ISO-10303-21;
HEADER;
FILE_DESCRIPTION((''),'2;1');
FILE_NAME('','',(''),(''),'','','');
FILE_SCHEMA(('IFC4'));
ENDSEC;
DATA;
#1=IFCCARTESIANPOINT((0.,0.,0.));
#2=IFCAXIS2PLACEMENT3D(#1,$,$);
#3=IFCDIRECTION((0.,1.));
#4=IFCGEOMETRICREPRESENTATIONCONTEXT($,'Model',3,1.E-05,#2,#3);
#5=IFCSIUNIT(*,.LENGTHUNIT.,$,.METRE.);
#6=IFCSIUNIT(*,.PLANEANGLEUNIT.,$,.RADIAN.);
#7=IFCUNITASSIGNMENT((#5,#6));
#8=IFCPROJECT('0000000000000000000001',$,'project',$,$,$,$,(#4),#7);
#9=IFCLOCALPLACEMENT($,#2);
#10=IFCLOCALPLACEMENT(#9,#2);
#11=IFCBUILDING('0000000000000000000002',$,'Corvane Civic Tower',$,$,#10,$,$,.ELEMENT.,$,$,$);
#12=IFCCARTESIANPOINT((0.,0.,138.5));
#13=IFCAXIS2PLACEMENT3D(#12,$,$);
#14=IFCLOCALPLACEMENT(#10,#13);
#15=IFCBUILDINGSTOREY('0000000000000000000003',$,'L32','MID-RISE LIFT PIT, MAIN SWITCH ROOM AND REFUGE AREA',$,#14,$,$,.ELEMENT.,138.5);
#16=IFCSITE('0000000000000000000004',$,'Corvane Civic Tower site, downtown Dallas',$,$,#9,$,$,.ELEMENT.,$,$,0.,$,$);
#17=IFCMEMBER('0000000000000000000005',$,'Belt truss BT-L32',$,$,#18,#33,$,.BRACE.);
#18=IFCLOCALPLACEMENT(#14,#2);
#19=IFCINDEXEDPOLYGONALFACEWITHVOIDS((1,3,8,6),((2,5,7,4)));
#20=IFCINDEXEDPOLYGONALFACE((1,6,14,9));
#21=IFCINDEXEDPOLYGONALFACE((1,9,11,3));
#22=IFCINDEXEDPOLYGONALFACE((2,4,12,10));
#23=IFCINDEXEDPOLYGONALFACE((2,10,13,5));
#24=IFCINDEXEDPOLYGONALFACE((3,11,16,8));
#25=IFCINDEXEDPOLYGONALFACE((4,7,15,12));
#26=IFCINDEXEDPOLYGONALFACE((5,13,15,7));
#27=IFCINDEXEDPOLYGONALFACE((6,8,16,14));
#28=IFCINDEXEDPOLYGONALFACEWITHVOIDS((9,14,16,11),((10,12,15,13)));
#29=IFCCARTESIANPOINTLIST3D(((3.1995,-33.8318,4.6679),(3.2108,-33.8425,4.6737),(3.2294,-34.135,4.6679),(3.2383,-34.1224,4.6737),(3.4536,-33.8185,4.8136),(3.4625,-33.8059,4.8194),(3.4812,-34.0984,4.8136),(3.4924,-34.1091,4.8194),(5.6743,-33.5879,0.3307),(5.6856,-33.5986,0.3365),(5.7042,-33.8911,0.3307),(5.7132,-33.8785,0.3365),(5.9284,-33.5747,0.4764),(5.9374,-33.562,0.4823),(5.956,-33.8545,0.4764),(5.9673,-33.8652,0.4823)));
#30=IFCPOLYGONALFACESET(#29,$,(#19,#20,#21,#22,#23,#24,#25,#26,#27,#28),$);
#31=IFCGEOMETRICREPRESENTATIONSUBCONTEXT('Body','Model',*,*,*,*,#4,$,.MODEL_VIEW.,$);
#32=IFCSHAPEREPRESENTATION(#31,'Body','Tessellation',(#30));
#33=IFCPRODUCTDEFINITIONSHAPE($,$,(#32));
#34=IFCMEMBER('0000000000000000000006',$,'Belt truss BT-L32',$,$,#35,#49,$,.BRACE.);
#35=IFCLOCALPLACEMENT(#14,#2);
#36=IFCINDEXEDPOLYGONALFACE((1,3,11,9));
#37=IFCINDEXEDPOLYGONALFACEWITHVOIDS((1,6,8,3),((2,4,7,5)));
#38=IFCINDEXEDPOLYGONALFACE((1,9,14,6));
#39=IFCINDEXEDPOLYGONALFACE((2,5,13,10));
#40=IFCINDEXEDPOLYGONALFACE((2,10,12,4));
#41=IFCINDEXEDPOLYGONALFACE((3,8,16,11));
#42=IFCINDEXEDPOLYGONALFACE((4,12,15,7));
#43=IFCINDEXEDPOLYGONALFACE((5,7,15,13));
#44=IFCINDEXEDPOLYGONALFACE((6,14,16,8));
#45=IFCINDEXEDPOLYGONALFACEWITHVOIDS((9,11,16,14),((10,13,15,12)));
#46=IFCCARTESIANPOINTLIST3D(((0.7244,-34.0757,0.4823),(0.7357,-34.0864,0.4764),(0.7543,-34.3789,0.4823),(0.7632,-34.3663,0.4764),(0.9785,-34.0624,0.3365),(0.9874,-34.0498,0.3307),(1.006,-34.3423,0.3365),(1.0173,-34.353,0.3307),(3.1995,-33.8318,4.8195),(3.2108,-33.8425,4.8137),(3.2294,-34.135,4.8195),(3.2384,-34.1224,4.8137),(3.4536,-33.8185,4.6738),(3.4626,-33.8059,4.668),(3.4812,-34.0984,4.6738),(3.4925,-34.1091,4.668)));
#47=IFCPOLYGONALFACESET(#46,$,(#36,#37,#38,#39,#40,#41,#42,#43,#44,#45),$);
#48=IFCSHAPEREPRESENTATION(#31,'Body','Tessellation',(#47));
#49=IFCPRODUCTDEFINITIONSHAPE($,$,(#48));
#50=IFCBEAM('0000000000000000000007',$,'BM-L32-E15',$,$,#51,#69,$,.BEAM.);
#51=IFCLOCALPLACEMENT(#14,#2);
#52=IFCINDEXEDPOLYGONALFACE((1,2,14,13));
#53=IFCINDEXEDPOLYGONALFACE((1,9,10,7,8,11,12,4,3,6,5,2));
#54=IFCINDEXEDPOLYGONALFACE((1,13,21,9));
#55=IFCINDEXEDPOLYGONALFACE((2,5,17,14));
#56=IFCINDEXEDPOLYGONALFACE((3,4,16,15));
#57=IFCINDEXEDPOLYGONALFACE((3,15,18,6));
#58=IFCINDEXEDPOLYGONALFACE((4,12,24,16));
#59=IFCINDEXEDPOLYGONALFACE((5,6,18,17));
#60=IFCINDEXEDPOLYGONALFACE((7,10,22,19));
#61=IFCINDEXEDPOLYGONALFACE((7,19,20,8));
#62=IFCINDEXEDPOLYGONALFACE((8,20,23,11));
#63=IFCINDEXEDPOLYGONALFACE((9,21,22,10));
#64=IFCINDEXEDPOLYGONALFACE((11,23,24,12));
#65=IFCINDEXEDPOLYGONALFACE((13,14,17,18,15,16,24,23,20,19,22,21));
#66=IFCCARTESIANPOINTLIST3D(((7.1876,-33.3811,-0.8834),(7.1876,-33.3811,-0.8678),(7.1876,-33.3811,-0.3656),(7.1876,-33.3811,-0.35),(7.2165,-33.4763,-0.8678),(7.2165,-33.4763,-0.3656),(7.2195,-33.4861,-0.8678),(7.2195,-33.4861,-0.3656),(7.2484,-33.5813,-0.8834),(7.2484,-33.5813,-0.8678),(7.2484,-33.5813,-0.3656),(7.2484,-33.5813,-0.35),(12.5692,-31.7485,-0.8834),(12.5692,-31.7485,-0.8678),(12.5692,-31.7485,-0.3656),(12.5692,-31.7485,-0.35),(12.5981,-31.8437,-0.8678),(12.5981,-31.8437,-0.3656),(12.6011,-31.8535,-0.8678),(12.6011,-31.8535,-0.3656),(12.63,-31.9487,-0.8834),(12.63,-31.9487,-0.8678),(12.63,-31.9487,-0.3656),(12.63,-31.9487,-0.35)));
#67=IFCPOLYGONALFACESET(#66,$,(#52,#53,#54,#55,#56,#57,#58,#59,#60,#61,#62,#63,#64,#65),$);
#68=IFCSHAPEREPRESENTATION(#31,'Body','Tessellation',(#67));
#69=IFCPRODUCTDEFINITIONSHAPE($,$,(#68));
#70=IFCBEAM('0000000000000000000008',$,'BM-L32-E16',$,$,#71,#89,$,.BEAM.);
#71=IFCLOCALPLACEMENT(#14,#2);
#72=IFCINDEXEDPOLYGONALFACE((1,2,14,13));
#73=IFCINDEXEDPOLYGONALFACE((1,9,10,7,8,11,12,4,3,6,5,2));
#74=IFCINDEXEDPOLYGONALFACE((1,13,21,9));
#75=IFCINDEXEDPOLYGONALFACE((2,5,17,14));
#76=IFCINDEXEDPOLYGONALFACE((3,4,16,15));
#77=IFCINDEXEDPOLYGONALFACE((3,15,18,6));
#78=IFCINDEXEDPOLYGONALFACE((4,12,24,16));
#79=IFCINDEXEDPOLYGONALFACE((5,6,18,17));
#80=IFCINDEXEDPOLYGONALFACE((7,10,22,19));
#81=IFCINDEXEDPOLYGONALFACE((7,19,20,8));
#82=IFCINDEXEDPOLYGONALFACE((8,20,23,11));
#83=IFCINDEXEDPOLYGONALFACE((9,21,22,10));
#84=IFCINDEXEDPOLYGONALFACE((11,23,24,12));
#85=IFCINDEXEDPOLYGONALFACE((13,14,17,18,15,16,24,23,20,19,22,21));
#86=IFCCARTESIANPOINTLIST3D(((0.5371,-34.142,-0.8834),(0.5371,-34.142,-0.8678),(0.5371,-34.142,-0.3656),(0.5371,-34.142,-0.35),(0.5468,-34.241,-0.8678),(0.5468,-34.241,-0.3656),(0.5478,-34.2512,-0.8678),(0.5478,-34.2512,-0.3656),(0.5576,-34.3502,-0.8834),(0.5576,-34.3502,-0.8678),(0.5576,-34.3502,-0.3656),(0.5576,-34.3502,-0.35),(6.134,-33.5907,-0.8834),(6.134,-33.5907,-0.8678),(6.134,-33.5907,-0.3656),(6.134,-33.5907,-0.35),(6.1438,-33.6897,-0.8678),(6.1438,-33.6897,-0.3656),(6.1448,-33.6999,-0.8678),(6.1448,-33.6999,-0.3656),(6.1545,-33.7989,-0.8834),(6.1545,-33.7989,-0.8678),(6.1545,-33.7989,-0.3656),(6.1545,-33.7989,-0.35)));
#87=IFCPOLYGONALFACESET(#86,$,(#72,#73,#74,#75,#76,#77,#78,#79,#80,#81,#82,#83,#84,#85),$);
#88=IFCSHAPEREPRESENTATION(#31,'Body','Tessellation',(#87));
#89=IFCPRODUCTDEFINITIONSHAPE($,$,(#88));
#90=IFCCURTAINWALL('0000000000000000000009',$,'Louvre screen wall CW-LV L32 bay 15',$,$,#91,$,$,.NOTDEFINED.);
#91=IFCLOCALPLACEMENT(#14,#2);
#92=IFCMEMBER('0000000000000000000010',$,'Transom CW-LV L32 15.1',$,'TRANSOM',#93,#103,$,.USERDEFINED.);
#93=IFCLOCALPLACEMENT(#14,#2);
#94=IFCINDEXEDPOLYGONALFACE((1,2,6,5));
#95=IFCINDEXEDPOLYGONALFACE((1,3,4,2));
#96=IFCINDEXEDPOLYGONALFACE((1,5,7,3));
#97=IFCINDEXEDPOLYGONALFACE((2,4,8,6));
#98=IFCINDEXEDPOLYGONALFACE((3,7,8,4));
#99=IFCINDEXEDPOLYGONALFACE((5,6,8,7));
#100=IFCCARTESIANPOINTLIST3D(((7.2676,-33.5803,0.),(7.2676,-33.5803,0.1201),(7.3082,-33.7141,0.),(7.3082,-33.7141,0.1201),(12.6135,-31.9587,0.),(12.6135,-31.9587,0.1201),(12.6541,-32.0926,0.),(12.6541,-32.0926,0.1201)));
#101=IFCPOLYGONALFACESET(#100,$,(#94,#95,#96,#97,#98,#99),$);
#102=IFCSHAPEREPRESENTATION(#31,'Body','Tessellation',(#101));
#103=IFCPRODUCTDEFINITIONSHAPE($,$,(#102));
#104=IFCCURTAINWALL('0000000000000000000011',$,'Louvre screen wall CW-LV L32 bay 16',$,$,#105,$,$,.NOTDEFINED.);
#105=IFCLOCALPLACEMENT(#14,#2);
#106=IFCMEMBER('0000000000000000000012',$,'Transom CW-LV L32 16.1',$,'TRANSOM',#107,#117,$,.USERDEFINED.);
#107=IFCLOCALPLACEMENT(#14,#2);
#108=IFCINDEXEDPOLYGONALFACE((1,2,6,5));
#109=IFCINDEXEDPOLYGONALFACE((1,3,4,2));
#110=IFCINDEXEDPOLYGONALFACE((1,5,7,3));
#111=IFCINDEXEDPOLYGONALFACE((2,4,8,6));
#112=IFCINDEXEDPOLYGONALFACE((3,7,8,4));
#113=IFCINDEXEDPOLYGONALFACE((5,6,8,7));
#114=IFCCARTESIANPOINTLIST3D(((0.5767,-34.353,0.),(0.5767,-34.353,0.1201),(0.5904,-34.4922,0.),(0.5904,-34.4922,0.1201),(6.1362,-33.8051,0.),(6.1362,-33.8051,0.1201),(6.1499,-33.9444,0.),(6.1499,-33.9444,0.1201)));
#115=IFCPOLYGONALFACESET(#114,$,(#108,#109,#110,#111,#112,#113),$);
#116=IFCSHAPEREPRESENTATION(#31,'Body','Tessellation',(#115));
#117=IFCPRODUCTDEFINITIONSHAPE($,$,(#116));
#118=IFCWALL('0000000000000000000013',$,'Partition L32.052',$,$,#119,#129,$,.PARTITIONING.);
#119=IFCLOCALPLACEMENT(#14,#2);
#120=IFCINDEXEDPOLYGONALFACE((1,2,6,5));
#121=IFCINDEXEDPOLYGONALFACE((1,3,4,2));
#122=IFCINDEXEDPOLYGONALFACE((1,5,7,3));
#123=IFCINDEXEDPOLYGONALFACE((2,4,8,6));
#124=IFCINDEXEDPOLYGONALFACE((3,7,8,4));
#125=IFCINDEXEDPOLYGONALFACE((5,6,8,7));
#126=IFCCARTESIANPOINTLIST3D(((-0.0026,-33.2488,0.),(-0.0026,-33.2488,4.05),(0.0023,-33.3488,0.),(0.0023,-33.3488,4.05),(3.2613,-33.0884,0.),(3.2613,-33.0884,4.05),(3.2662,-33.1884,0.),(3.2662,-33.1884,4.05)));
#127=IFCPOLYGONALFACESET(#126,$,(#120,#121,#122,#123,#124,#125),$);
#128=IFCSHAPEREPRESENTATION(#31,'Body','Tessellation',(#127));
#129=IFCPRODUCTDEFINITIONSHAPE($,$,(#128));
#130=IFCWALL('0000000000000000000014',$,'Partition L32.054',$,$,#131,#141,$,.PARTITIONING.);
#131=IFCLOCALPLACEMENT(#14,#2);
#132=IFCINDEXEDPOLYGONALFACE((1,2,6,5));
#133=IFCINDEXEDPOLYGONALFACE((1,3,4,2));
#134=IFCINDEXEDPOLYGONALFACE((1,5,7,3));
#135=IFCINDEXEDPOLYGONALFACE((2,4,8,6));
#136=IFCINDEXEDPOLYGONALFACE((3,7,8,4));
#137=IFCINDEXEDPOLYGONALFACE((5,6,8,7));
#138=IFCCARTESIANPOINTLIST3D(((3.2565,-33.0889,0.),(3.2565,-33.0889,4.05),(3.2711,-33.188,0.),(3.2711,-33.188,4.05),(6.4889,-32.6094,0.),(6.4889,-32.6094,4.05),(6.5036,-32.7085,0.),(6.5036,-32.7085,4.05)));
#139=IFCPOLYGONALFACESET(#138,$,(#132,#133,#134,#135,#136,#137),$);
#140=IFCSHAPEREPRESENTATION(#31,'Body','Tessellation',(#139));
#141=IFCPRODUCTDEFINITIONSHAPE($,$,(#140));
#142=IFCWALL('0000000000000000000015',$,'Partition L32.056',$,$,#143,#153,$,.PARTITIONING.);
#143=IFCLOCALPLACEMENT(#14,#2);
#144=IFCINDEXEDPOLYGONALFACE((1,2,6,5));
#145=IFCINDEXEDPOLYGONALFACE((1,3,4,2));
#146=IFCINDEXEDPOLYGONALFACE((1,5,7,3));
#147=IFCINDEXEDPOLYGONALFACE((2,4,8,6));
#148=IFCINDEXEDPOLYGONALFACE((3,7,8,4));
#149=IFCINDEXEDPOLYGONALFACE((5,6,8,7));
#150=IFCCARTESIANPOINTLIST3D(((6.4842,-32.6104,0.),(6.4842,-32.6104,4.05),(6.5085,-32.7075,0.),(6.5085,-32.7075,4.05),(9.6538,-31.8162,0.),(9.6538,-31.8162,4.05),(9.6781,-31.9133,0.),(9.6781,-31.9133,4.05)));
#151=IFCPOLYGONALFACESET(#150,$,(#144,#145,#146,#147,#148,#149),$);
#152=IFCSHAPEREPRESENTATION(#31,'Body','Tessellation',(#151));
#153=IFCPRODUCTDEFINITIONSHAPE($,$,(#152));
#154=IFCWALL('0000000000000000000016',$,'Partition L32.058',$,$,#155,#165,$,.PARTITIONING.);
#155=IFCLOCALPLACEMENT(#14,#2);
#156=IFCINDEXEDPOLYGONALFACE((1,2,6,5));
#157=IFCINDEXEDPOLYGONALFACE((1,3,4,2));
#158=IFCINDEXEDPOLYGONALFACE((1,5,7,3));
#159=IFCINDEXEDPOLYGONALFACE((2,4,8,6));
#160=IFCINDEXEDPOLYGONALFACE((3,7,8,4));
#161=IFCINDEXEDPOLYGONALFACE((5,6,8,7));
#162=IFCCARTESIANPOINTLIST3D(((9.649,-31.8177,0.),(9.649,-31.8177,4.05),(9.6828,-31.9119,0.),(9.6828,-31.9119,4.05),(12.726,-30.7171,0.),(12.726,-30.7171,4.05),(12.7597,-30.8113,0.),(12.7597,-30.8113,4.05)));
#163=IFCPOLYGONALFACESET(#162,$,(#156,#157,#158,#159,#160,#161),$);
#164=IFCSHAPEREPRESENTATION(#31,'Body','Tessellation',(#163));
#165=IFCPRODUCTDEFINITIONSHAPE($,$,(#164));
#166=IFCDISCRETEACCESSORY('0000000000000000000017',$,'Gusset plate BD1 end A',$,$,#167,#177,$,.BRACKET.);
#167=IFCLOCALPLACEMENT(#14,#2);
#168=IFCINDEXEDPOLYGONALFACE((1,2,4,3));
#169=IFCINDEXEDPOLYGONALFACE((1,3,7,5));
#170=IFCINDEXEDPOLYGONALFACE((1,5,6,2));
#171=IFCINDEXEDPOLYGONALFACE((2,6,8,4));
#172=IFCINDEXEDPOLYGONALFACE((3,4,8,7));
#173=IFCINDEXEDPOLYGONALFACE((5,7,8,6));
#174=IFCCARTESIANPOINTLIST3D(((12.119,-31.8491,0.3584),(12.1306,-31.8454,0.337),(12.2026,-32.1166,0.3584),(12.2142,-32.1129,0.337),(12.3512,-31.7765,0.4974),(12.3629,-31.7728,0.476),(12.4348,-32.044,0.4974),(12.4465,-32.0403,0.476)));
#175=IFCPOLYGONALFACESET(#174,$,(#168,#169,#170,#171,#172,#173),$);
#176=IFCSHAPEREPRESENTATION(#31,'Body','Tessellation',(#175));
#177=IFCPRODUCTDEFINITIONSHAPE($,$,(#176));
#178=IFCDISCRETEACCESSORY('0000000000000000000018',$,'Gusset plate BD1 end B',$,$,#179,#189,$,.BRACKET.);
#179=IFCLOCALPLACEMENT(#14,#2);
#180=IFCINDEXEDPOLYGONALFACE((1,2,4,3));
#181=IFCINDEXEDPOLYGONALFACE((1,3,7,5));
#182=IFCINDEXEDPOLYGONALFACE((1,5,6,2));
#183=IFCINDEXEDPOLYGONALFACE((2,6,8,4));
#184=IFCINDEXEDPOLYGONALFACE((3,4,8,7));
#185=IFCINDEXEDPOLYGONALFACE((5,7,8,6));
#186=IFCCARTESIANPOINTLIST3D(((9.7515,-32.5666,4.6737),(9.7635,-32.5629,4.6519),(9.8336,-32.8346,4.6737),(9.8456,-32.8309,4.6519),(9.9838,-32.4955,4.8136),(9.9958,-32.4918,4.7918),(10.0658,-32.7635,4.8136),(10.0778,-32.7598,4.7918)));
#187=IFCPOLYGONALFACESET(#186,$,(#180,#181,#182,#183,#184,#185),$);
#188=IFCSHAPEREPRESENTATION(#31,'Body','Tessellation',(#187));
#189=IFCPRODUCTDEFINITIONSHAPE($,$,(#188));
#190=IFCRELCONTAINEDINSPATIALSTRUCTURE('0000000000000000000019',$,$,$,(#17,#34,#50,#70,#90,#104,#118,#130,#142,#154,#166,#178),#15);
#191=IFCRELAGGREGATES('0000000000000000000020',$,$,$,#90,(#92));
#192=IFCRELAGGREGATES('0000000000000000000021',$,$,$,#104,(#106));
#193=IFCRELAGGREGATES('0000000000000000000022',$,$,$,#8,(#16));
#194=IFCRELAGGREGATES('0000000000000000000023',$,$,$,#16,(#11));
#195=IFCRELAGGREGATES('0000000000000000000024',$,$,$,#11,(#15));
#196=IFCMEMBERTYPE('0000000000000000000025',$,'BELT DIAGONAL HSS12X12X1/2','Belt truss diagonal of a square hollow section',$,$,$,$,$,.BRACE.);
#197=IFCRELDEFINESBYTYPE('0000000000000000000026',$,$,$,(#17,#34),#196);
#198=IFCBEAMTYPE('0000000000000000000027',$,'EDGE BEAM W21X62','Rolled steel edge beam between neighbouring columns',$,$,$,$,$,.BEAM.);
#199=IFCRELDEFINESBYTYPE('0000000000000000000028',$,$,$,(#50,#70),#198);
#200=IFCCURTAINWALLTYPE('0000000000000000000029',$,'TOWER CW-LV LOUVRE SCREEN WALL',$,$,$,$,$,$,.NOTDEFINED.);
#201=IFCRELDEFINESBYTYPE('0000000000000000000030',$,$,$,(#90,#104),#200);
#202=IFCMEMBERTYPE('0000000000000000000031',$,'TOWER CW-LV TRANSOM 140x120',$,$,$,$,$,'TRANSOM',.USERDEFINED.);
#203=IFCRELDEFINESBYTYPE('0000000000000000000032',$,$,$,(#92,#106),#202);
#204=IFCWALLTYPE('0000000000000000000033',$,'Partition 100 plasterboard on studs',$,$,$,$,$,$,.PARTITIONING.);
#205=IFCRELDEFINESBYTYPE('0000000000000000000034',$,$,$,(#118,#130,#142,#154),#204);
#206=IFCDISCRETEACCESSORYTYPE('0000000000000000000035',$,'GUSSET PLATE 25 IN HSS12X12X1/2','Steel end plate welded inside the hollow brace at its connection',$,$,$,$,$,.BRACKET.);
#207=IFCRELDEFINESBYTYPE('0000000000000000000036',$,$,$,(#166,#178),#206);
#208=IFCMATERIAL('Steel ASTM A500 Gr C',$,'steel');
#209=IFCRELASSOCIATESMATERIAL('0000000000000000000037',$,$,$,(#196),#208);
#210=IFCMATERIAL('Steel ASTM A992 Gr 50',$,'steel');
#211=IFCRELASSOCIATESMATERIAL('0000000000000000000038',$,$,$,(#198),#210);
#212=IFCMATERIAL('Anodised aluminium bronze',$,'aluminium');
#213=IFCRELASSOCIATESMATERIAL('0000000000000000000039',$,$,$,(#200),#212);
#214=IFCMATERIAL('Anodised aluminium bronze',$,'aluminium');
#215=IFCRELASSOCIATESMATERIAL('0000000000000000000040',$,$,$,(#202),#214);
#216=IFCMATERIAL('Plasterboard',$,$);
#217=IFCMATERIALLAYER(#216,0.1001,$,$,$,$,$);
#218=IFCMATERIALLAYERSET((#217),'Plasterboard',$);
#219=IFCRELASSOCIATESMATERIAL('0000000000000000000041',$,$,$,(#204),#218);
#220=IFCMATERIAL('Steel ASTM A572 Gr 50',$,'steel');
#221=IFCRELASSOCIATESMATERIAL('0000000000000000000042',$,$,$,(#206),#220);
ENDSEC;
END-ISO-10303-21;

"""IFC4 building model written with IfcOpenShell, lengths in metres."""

from ifc_helpers import new_model, si_unit, direction, frame, frame_2d, origin, origin_2d, place, context, subcontext, project, spatial, rectangle, hollow_rectangle, i_section, extrude, material, layer, layer_set, material_profile, profile_set, type_object, element, aggregate, save


model = new_model("IFC4")

# Units and contexts
model_context = context("Model", 3, precision=1e-05, world=origin(), true_north=direction((0.0, 1.0)))
body_context = subcontext(model_context, "Body", "Model", "MODEL_VIEW")
ifc_project = project(units=[si_unit("LENGTHUNIT", "METRE"), si_unit("PLANEANGLEUNIT", "RADIAN")], contexts=[model_context])

# Site, building, storey
site_placement = place(None, origin())
site = spatial("IfcSite", under=ifc_project, at=site_placement, Name="Corvane Civic Tower site, downtown Dallas", CompositionType="ELEMENT", RefElevation=0.0)
building_placement = place(site_placement, origin())
building = spatial("IfcBuilding", under=site, at=building_placement, Name="Corvane Civic Tower", CompositionType="ELEMENT")
storey_placement = place(building_placement, frame((0.0, 0.0, 138.5)))
storey = spatial("IfcBuildingStorey", under=building, at=storey_placement, Name="L32", Description="MID-RISE LIFT PIT, MAIN SWITCH ROOM AND REFUGE AREA", CompositionType="ELEMENT", Elevation=138.5)

# Members
ifc_material_1 = material(Name="Steel ASTM A500 Gr C", Category="steel")
ifc_material_profile_1 = material_profile(ifc_material_1, hollow_rectangle(XDim=0.3047, YDim=0.3047, WallThickness=0.0117, at=origin_2d()), Name="HSS12X12X1/2")
ifc_profile_set_1 = profile_set([ifc_material_profile_1], Name="Steel ASTM A500 Gr C")
member_type_1 = type_object("IfcMemberType", Name="BELT DIAGONAL HSS12X12X1/2", Description="Belt truss diagonal of a square hollow section", PredefinedType="BRACE", material=ifc_profile_set_1)
for number, where, z_axis, x_axis, name in (
    (1, (5.8208, -33.7266, 0.4065), (-0.495017, -0.048784, 0.867513), (0.098075, -0.995179, 0.0), "Belt truss BT-L32"),
):
    element("IfcMember", number, at=place(storey_placement, frame(where, z_axis=z_axis, x_axis=x_axis)), inside=storey, type_object=member_type_1, Name=name, PredefinedType="BRACE", context=body_context, shape_type="SweptSolid", body=[
        extrude(hollow_rectangle(XDim=0.3047, YDim=0.3047, WallThickness=0.0117, at=origin_2d()), origin(), (0.0, 0.0, 1.0), 4.9995),
    ])
member_1_placement = place(storey_placement, frame((0.8708, -34.2144, 0.4065), z_axis=(0.495054, 0.048783, 0.867492), x_axis=(-0.098065, 0.99518, 0.0)))
element("IfcMember", 2, at=member_1_placement, inside=storey, type_object=member_type_1, Name="Belt truss BT-L32", PredefinedType="BRACE", context=body_context, shape_type="SweptSolid", body=[
    extrude(hollow_rectangle(XDim=0.3047, YDim=0.3047, WallThickness=0.0117, at=origin_2d()), origin(), (0.0, 0.0, 1.0), 4.9998),
])

# Beams
ifc_material_2 = material(Name="Steel ASTM A992 Gr 50", Category="steel")
ifc_material_profile_2 = material_profile(ifc_material_2, i_section(OverallWidth=0.2092, OverallDepth=0.5334, WebThickness=0.0103, FlangeThickness=0.0156, at=origin_2d()), Name="W21X62")
ifc_profile_set_2 = profile_set([ifc_material_profile_2], Name="Steel ASTM A992 Gr 50")
beam_type = type_object("IfcBeamType", Name="EDGE BEAM W21X62", Description="Rolled steel edge beam between neighbouring columns", PredefinedType="BEAM", material=ifc_profile_set_2)
beam_1_placement = place(storey_placement, frame((12.5996, -31.8486, -0.6167), z_axis=(-0.956936, -0.290298, 0.0), x_axis=(0.290298, -0.956936, 0.0)))
element("IfcBeam", 3, at=beam_1_placement, inside=storey, type_object=beam_type, Name="BM-L32-E15", PredefinedType="BEAM", context=body_context, shape_type="SweptSolid", body=[
    extrude(i_section(OverallWidth=0.2092, OverallDepth=0.5334, WebThickness=0.0103, FlangeThickness=0.0156, at=origin_2d()), origin(), (0.0, 0.0, 1.0), 5.6238),
])
beam_2_placement = place(storey_placement, frame((6.1443, -33.6948, -0.6167), z_axis=(-0.995184, -0.098021, 0.0), x_axis=(0.098021, -0.995184, 0.0)))
element("IfcBeam", 4, at=beam_2_placement, inside=storey, type_object=beam_type, Name="BM-L32-E16", PredefinedType="BEAM", context=body_context, shape_type="SweptSolid", body=[
    extrude(i_section(OverallWidth=0.2092, OverallDepth=0.5334, WebThickness=0.0103, FlangeThickness=0.0156, at=origin_2d()), origin(), (0.0, 0.0, 1.0), 5.624),
])

# Curtain walls, members
ifc_material_3 = material(Name="Anodised aluminium bronze", Category="aluminium")
curtain_wall_type = type_object("IfcCurtainWallType", Name="TOWER CW-LV LOUVRE SCREEN WALL", PredefinedType="NOTDEFINED", material=ifc_material_3)
curtain_wall_1_placement = place(storey_placement, origin())
curtain_wall_1 = element("IfcCurtainWall", 5, at=curtain_wall_1_placement, inside=storey, type_object=curtain_wall_type, Name="Louvre screen wall CW-LV L32 bay 15", PredefinedType="NOTDEFINED")
ifc_material_4 = material(Name="Anodised aluminium bronze", Category="aluminium")
ifc_material_profile_3 = material_profile(ifc_material_4, rectangle(XDim=0.1399, YDim=0.1201, at=origin_2d()), Name="TOWER CW-LV TRANSOM 140x120")
ifc_profile_set_3 = profile_set([ifc_material_profile_3], Name="Anodised aluminium bronze")
member_type_2 = type_object("IfcMemberType", Name="TOWER CW-LV TRANSOM 140x120", ElementType="TRANSOM", PredefinedType="USERDEFINED", material=ifc_profile_set_3)
member_2_placement = place(storey_placement, frame((12.6338, -32.0256, 0.0601), z_axis=(-0.956945, -0.290269, 0.0), x_axis=(0.290269, -0.956945, 0.0)))
member_2 = element("IfcMember", 6, at=member_2_placement, type_object=member_type_2, Name="Transom CW-LV L32 15.1", ObjectType="TRANSOM", PredefinedType="USERDEFINED", context=body_context, shape_type="SweptSolid", body=[
    extrude(rectangle(XDim=0.1399, YDim=0.1201, at=origin_2d()), origin(), (0.0, 0.0, 1.0), 5.5864),
])
curtain_wall_2_placement = place(storey_placement, origin())
curtain_wall_2 = element("IfcCurtainWall", 7, at=curtain_wall_2_placement, inside=storey, type_object=curtain_wall_type, Name="Louvre screen wall CW-LV L32 bay 16", PredefinedType="NOTDEFINED")
member_3_placement = place(storey_placement, frame((6.1431, -33.8748, 0.0601), z_axis=(-0.99518, -0.098067, 0.0), x_axis=(0.098067, -0.99518, 0.0)))
member_3 = element("IfcMember", 8, at=member_3_placement, type_object=member_type_2, Name="Transom CW-LV L32 16.1", ObjectType="TRANSOM", PredefinedType="USERDEFINED", context=body_context, shape_type="SweptSolid", body=[
    extrude(rectangle(XDim=0.1399, YDim=0.1201, at=origin_2d()), origin(), (0.0, 0.0, 1.0), 5.5864),
])

# Walls
ifc_material_5 = material(Name="Plasterboard")
ifc_layer = layer(ifc_material_5, 0.1001)
ifc_layer_set = layer_set([ifc_layer], Name="Plasterboard")
wall_type = type_object("IfcWallType", Name="Partition 100 plasterboard on studs", PredefinedType="PARTITIONING", material=ifc_layer_set)
for number, where, z_axis, x_axis, name in (
    (9, (0.0, -33.2988, 0.0), (0.0, 0.0, 1.0), (0.998795, 0.049084, 0.0), "Partition L32.052"),
    (10, (3.2639, -33.1384, 0.0), (0.0, 0.0, 1.0), (0.989176, 0.146733, 0.0), "Partition L32.054"),
):
    element("IfcWall", number, at=place(storey_placement, frame(where, z_axis=z_axis, x_axis=x_axis)), inside=storey, type_object=wall_type, Name=name, PredefinedType="PARTITIONING", context=body_context, shape_type="SweptSolid", body=[
        extrude(rectangle(XDim=3.2678, YDim=0.1001, at=frame_2d((1.6338, 0.0))), origin(), (0.0, 0.0, 1.0), 4.05),
    ])
wall_1_placement = place(storey_placement, frame((6.4963, -32.6589, 0.0), z_axis=(0.0, 0.0, 1.0), x_axis=(0.970015, 0.243045, 0.0)))
element("IfcWall", 11, at=wall_1_placement, inside=storey, type_object=wall_type, Name="Partition L32.056", PredefinedType="PARTITIONING", context=body_context, shape_type="SweptSolid", body=[
    extrude(rectangle(XDim=3.2676, YDim=0.1001, at=frame_2d((1.6338, 0.0))), origin(), (0.0, 0.0, 1.0), 4.05),
])
wall_2_placement = place(storey_placement, frame((9.666, -31.8647, 0.0), z_axis=(0.0, 0.0, 1.0), x_axis=(0.941578, 0.336795, 0.0)))
element("IfcWall", 12, at=wall_2_placement, inside=storey, type_object=wall_type, Name="Partition L32.058", PredefinedType="PARTITIONING", context=body_context, shape_type="SweptSolid", body=[
    extrude(rectangle(XDim=3.2678, YDim=0.1001, at=frame_2d((1.6338, 0.0))), origin(), (0.0, 0.0, 1.0), 4.05),
])

aggregate(curtain_wall_1, [member_2])
aggregate(curtain_wall_2, [member_3])

# Discrete accessories
ifc_material_6 = material(Name="Steel ASTM A572 Gr 50", Category="steel")
ifc_material_profile_4 = material_profile(ifc_material_6, rectangle(XDim=0.2803, YDim=0.2803, at=origin_2d()), Name="GUSSET PLATE 25 IN HSS12X12X1/2")
ifc_profile_set_4 = profile_set([ifc_material_profile_4], Name="Steel ASTM A572 Gr 50")
discrete_accessory_type_1 = type_object("IfcDiscreteAccessoryType", Name="GUSSET PLATE 25 IN HSS12X12X1/2", Description="Steel end plate welded inside the hollow brace at its connection", PredefinedType="BRACKET", material=ifc_profile_set_4)
discrete_accessory_1_placement = place(storey_placement, frame((12.2886, -31.9429, 0.4065), z_axis=(-0.473579, -0.147993, 0.868228), x_axis=(0.298275, -0.95448, 0.0)))
element("IfcDiscreteAccessory", 13, at=discrete_accessory_1_placement, inside=storey, type_object=discrete_accessory_type_1, Name="Gusset plate BD1 end A", PredefinedType="BRACKET", context=body_context, shape_type="SweptSolid", body=[
    extrude(rectangle(XDim=0.2803, YDim=0.2803, at=origin_2d()), origin(), (0.0, 0.0, 1.0), 0.0247),
])
discrete_accessory_2_placement = place(storey_placement, frame((9.9087, -32.665, 4.7437), z_axis=(0.477124, 0.146058, -0.866614), x_axis=(-0.292714, 0.9562, 0.0)))
element("IfcDiscreteAccessory", 14, at=discrete_accessory_2_placement, inside=storey, type_object=discrete_accessory_type_1, Name="Gusset plate BD1 end B", PredefinedType="BRACKET", context=body_context, shape_type="SweptSolid", body=[
    extrude(rectangle(XDim=0.2803, YDim=0.2803, at=origin_2d()), origin(), (0.0, 0.0, 1.0), 0.0251),
])

save(model, "model.ifc")
